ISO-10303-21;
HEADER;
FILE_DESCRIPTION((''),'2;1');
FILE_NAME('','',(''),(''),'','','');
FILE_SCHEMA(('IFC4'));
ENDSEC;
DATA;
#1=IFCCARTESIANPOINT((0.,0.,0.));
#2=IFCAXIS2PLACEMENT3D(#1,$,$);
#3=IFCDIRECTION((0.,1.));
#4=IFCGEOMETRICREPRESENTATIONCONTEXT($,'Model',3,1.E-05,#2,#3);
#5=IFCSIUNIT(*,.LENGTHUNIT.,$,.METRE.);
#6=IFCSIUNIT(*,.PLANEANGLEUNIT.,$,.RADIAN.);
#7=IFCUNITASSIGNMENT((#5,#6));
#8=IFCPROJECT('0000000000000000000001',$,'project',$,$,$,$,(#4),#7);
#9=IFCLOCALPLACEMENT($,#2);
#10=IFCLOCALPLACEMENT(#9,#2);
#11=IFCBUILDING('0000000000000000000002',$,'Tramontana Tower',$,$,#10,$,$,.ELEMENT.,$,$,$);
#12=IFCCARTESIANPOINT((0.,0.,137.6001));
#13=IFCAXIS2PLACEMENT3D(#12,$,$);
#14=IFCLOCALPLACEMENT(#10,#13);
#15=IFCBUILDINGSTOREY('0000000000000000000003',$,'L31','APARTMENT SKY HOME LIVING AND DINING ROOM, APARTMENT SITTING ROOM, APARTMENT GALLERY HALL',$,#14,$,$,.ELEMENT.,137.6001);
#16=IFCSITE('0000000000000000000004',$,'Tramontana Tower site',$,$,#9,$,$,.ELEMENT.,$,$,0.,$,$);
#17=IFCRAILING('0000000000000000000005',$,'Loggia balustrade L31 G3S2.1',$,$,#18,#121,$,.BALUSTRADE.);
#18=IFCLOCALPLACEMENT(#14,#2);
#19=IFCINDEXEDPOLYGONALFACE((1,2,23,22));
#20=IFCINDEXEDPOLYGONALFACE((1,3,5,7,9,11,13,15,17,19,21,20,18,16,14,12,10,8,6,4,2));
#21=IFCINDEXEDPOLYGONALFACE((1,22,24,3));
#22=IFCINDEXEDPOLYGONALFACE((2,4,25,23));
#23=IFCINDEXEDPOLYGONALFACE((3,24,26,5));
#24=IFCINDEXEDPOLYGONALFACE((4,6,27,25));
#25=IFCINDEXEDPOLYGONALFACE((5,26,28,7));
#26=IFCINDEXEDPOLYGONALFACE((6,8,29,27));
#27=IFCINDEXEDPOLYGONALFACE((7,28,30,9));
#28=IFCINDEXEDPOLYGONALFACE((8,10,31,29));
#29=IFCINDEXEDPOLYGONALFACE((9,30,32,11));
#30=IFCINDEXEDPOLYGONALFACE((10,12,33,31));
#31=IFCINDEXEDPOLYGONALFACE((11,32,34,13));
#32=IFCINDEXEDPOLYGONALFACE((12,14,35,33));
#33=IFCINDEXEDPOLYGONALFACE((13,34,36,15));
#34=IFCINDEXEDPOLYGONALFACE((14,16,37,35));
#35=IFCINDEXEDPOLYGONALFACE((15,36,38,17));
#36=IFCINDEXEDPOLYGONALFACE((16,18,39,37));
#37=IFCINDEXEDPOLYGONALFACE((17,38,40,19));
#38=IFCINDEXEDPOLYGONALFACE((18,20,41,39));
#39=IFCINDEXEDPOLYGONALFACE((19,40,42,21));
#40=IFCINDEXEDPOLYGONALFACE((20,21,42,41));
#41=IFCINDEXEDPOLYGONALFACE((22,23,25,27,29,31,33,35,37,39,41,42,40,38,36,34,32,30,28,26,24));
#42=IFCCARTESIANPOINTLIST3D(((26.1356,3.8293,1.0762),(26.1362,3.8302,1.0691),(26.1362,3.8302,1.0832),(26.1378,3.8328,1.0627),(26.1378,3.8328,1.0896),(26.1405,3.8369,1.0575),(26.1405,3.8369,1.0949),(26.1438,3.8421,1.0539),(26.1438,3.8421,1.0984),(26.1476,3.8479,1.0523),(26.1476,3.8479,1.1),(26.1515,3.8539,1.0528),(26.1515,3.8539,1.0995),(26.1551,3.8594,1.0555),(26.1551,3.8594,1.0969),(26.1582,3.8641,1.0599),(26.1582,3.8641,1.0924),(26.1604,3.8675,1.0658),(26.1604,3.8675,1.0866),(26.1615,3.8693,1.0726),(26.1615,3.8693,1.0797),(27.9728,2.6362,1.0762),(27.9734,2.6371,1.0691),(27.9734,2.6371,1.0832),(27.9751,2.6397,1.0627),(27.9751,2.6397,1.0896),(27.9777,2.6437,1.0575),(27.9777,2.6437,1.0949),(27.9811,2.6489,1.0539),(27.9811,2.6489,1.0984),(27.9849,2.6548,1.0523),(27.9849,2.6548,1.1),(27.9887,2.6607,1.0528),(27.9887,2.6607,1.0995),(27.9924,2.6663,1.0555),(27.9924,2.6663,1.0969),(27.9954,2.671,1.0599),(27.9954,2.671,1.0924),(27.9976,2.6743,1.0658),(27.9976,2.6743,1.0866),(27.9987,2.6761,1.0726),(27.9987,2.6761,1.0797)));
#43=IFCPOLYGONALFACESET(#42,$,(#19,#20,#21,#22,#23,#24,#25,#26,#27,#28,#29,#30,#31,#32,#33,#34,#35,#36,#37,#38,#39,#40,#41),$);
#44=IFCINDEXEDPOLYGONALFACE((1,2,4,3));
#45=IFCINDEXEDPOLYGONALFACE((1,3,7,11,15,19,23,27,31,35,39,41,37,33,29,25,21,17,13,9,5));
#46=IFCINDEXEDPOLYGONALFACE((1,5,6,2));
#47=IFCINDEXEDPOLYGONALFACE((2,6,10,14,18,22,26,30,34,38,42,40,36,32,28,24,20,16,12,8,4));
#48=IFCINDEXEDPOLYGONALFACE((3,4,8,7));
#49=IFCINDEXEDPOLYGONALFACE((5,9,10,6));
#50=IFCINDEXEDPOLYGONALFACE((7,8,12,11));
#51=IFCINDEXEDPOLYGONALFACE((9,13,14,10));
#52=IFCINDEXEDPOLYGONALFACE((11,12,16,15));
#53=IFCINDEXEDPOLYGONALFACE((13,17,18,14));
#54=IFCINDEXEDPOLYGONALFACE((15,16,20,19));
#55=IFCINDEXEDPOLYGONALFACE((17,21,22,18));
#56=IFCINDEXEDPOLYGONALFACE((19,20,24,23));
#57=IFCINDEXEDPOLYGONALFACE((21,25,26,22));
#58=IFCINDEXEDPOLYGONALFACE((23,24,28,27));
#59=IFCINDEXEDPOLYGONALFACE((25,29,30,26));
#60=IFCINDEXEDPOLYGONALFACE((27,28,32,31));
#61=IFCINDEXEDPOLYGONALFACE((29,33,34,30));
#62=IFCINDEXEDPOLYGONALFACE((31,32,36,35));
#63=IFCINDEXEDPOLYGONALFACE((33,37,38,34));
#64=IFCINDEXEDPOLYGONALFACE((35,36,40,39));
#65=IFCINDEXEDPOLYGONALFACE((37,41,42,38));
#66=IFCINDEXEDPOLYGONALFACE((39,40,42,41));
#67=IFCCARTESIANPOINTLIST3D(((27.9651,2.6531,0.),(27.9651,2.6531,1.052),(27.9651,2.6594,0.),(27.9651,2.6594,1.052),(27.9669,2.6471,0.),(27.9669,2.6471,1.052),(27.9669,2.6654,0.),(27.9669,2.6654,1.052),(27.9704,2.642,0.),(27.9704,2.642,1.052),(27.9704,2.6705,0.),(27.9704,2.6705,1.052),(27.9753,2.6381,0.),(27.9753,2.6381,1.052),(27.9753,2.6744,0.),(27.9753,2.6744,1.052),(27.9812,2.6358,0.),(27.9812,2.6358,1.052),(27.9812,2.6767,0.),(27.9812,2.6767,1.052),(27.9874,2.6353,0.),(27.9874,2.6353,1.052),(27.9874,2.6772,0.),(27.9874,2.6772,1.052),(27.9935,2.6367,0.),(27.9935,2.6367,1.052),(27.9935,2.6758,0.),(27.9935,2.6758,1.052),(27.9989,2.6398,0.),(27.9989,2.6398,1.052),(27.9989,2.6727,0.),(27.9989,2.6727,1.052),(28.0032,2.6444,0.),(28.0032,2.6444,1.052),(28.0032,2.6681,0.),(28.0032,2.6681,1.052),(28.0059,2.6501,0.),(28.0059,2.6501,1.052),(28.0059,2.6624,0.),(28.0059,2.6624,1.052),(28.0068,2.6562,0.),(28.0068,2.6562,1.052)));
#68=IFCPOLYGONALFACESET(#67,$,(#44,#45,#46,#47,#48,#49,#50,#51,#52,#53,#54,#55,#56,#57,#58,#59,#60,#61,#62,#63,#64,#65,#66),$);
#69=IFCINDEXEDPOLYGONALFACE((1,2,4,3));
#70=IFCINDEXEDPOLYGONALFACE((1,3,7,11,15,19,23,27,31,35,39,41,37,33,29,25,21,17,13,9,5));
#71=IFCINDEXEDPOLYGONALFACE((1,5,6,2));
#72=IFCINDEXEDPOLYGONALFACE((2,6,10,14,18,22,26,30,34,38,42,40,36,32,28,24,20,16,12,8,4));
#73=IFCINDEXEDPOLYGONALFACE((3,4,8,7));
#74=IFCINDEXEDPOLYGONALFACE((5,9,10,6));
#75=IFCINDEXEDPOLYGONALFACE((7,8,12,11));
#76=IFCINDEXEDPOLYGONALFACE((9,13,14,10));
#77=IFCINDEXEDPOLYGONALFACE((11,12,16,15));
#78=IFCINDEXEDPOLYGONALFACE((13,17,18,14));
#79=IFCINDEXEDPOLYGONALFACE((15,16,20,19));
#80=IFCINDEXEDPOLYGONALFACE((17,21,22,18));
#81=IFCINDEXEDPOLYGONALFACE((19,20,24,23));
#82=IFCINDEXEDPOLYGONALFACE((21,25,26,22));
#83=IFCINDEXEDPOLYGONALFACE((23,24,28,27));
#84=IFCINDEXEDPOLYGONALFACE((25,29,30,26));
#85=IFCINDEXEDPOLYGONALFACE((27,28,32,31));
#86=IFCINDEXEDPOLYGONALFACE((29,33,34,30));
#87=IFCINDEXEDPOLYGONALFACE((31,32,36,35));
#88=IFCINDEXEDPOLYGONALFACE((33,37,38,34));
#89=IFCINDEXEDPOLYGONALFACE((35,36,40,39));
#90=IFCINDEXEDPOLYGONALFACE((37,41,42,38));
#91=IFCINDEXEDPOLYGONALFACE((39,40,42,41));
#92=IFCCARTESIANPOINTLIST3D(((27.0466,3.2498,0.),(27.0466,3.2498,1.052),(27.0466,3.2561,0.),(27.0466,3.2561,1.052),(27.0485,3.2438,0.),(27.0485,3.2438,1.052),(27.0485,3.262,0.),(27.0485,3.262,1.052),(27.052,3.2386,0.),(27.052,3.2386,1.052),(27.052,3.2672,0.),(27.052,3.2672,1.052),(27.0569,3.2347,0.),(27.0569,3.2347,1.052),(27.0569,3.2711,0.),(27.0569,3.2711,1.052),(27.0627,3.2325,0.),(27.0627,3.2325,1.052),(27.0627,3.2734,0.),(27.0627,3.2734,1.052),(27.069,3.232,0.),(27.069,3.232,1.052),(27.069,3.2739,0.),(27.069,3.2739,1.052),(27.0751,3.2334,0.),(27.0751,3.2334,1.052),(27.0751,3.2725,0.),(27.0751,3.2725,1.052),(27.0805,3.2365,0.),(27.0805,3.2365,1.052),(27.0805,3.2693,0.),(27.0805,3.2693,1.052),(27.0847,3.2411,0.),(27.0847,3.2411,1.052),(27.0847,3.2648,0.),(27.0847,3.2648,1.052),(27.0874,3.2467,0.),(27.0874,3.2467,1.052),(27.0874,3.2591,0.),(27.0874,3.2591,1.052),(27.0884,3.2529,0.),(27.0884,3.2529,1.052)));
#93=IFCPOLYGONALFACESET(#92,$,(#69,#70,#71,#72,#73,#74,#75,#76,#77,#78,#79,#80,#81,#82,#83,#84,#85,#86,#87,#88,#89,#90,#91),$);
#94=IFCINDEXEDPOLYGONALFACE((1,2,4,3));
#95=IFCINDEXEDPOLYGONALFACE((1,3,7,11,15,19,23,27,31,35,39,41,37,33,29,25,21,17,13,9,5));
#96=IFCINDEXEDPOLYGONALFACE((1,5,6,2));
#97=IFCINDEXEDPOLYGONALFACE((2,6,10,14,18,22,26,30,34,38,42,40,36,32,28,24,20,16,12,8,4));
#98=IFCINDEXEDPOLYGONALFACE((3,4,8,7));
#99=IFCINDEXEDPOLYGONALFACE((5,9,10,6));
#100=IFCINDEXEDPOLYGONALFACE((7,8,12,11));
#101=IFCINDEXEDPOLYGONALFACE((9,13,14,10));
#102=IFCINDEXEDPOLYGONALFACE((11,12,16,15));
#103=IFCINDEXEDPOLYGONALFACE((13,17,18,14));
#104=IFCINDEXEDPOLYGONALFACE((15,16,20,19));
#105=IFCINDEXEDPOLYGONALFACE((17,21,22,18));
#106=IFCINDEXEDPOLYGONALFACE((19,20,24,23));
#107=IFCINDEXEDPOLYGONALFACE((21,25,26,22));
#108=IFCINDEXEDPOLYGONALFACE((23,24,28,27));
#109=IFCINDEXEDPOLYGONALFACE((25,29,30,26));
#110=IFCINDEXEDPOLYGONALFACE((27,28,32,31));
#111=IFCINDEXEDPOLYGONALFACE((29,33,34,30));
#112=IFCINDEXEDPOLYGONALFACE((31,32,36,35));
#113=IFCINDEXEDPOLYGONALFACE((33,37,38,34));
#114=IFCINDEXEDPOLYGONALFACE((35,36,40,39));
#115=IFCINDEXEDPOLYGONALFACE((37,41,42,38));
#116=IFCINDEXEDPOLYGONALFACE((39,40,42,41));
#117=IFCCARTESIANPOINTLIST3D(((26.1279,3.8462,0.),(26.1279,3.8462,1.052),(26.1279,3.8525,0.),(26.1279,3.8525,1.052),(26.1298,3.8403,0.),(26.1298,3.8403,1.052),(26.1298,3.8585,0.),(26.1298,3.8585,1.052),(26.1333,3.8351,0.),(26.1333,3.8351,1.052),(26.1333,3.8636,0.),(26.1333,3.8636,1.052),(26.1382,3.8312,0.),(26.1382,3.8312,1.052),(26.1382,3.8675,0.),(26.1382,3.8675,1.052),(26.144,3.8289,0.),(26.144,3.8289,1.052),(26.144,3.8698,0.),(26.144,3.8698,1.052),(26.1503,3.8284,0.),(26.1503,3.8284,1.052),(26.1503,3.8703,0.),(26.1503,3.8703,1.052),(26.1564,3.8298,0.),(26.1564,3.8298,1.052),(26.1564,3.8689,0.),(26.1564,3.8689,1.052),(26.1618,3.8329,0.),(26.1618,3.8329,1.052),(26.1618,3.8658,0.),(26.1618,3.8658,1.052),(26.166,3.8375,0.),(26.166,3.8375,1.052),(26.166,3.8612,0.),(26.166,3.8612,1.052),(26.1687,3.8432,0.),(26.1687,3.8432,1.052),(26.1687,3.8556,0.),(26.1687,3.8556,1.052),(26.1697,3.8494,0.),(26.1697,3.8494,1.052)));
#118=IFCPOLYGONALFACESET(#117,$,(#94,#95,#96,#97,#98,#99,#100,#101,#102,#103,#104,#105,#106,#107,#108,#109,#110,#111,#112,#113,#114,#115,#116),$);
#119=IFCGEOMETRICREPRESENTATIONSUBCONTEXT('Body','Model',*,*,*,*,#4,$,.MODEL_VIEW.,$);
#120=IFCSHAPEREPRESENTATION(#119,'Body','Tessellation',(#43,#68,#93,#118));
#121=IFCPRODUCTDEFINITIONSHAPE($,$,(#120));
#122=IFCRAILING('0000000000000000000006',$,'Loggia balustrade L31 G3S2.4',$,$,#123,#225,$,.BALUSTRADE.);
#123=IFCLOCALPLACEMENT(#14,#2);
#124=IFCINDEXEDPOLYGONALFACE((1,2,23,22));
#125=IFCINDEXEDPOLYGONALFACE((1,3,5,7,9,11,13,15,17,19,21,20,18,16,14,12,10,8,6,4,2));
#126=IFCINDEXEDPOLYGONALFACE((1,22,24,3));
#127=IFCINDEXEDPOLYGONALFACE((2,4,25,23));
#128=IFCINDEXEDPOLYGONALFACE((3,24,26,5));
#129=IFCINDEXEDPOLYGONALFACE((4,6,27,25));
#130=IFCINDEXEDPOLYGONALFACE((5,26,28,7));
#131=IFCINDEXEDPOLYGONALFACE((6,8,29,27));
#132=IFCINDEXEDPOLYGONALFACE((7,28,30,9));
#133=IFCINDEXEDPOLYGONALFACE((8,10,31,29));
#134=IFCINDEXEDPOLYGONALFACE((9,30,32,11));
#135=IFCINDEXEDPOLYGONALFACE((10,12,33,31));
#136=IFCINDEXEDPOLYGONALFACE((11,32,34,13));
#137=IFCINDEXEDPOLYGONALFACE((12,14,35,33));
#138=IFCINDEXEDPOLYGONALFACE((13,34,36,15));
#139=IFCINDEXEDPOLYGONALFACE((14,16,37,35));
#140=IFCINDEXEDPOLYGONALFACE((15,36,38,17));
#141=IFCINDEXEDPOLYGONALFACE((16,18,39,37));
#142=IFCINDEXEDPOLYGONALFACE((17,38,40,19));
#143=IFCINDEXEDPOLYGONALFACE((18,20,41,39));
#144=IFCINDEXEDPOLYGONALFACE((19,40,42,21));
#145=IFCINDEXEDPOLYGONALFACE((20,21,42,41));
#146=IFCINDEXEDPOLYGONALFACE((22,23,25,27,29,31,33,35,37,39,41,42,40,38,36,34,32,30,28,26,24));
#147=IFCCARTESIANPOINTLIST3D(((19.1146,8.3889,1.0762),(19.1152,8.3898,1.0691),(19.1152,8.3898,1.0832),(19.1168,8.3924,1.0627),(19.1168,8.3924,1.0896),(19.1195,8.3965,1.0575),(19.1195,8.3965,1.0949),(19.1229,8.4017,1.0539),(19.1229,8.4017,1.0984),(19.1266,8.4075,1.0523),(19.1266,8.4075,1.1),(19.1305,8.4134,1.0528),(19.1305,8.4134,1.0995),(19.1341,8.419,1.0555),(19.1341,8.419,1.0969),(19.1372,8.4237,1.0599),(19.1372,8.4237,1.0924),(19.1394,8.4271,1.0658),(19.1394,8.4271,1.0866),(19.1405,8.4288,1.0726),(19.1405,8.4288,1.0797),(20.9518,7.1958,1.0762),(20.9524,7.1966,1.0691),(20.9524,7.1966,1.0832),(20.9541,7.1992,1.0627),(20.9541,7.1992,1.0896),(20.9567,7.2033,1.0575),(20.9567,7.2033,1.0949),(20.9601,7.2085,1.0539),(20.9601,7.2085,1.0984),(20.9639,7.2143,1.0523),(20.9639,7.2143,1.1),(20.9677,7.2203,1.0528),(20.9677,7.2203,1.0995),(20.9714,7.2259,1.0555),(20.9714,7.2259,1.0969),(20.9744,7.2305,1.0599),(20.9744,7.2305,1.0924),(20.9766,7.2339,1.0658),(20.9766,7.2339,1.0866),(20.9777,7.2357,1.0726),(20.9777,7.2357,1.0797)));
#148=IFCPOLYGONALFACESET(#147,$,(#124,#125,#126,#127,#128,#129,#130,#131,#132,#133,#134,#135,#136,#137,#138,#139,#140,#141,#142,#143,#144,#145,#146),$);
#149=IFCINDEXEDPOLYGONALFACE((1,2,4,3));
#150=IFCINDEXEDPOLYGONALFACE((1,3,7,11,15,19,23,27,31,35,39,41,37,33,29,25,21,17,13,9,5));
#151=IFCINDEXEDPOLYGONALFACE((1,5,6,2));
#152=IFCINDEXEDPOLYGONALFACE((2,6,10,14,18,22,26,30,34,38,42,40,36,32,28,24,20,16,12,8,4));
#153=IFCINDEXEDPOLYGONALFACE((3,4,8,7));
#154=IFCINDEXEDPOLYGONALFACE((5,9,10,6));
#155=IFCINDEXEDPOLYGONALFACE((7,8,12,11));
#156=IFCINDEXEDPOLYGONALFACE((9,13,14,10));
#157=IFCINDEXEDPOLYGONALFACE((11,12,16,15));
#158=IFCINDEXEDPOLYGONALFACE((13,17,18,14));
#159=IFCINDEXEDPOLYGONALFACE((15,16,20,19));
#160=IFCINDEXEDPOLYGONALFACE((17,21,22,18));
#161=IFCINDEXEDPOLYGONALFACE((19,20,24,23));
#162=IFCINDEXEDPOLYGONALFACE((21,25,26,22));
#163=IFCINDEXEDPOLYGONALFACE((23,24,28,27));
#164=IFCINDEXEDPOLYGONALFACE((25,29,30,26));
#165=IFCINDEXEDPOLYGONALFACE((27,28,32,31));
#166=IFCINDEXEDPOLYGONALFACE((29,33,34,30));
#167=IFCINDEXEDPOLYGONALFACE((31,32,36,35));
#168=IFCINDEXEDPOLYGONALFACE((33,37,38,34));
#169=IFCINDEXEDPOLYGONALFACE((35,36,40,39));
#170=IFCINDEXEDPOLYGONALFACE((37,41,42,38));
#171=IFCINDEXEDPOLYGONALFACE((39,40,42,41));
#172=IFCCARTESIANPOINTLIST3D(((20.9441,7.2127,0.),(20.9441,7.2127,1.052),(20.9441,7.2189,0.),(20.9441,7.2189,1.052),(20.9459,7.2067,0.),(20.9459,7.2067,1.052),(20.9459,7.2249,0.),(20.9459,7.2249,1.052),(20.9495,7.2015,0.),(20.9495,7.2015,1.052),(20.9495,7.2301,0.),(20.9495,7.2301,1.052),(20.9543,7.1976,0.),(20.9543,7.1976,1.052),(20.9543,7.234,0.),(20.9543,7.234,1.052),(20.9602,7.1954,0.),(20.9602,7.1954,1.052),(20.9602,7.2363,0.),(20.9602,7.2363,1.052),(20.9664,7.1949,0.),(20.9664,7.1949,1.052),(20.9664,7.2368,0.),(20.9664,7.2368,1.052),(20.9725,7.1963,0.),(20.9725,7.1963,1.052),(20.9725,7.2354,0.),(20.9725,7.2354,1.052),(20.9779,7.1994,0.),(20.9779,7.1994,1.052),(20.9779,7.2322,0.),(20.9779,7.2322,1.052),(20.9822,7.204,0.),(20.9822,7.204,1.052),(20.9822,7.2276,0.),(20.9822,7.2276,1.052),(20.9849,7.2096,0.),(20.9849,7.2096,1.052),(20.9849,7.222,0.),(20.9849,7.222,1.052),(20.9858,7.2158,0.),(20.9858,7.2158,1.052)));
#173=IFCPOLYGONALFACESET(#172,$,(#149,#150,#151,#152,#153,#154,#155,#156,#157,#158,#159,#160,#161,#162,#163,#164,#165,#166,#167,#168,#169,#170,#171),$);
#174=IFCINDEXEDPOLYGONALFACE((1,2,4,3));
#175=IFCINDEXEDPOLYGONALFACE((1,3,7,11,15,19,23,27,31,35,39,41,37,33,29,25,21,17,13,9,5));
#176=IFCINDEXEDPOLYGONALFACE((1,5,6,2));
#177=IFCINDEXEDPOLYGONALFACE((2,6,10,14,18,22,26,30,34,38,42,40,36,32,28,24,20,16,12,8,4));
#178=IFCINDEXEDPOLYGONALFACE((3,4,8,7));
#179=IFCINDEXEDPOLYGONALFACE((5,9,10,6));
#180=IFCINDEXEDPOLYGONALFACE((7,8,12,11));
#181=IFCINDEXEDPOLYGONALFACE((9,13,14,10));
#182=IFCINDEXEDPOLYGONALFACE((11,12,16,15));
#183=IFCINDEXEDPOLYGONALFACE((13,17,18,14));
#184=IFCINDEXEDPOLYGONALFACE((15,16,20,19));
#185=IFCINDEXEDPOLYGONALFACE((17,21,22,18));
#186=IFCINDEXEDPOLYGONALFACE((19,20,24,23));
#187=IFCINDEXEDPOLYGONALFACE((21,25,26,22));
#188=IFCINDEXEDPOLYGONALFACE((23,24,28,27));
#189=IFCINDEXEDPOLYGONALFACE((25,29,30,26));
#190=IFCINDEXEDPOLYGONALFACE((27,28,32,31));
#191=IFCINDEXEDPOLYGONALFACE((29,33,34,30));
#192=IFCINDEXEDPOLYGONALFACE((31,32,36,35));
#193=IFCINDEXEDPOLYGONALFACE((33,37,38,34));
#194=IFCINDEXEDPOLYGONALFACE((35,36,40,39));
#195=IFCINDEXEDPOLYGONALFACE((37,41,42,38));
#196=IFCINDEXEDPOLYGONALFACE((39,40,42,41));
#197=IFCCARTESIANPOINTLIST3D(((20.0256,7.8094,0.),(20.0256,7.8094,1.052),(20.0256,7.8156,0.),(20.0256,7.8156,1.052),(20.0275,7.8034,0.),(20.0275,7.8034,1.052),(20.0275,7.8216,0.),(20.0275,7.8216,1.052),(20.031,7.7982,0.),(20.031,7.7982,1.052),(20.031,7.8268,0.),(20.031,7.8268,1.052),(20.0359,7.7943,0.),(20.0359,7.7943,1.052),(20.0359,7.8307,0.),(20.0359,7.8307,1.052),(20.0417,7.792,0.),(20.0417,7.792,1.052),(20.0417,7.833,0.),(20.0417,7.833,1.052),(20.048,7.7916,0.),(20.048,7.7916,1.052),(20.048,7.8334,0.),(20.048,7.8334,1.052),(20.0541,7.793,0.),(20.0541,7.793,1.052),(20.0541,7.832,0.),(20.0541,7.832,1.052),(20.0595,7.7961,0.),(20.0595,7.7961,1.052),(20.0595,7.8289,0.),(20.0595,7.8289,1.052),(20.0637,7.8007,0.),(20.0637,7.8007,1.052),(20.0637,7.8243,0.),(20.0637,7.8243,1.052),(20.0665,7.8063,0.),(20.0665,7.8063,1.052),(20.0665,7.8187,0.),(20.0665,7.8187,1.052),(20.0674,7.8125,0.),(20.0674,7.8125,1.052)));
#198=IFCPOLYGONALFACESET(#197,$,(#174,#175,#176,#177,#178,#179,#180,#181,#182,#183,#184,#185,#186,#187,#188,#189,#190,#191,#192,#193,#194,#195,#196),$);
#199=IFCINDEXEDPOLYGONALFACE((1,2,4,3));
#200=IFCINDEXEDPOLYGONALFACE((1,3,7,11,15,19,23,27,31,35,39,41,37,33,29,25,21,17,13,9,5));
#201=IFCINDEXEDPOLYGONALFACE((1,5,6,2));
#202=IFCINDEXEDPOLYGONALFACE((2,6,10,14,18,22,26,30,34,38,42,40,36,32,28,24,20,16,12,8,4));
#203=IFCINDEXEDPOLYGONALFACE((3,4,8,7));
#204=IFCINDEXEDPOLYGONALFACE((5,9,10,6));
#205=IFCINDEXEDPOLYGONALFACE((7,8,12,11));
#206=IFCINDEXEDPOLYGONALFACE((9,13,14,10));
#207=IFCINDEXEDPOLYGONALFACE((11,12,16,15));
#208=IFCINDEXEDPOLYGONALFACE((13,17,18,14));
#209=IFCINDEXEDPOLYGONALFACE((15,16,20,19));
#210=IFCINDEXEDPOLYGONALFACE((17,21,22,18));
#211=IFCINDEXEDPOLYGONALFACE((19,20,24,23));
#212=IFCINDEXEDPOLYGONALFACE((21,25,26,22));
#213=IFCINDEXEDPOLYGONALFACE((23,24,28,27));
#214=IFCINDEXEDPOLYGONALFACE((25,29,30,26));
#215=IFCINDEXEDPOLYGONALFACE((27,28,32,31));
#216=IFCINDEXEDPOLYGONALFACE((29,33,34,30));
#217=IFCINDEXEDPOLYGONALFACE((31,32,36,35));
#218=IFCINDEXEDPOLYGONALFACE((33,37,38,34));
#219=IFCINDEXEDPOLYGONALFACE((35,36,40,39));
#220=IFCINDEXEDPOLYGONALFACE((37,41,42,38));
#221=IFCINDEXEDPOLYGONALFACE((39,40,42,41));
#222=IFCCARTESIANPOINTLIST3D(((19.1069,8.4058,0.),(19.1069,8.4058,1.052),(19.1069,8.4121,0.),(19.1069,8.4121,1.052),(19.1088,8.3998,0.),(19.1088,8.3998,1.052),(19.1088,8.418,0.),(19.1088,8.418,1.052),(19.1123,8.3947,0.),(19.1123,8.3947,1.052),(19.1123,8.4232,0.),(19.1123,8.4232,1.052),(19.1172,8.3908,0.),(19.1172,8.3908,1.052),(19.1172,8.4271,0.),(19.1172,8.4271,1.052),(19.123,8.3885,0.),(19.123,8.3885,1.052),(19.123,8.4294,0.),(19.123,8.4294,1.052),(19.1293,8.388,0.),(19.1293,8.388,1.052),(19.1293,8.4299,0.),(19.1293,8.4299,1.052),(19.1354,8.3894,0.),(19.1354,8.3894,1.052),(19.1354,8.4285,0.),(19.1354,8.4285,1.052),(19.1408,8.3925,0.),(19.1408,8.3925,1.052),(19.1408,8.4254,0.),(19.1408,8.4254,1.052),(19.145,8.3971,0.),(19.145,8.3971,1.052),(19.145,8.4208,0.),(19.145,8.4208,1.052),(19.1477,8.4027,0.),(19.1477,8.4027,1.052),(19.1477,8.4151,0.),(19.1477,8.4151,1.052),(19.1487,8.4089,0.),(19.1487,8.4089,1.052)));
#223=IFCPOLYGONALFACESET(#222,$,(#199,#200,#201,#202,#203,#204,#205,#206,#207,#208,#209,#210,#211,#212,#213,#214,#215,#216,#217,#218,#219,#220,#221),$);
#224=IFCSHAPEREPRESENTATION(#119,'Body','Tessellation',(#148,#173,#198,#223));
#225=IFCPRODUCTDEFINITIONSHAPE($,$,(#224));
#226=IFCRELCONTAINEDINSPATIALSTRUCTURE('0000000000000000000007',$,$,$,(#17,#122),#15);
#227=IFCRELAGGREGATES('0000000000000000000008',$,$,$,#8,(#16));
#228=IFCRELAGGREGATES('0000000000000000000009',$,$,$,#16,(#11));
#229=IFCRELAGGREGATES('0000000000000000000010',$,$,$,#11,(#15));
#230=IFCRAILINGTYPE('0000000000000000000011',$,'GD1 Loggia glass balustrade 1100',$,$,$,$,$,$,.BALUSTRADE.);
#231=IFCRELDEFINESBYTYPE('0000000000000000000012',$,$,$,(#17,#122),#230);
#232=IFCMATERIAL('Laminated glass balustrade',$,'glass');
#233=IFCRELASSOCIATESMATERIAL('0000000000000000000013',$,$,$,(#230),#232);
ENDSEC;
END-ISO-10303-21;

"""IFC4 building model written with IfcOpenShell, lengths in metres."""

from ifc_helpers import new_model, si_unit, direction, frame, origin, origin_2d, place, context, subcontext, project, spatial, circle, extrude, material, type_object, element, save


model = new_model("IFC4")

# Units and contexts
model_context = context("Model", 3, precision=1e-05, world=origin(), true_north=direction((0.0, 1.0)))
body_context = subcontext(model_context, "Body", "Model", "MODEL_VIEW")
ifc_project = project(units=[si_unit("LENGTHUNIT", "METRE"), si_unit("PLANEANGLEUNIT", "RADIAN")], contexts=[model_context])

# Site, building, storey
site_placement = place(None, origin())
site = spatial("IfcSite", under=ifc_project, at=site_placement, Name="Tramontana Tower site", CompositionType="ELEMENT", RefElevation=0.0)
building_placement = place(site_placement, origin())
building = spatial("IfcBuilding", under=site, at=building_placement, Name="Tramontana Tower", CompositionType="ELEMENT")
storey_placement = place(building_placement, frame((0.0, 0.0, 137.6001)))
storey = spatial("IfcBuildingStorey", under=building, at=storey_placement, Name="L31", Description="APARTMENT SKY HOME LIVING AND DINING ROOM, APARTMENT SITTING ROOM, APARTMENT GALLERY HALL", CompositionType="ELEMENT", Elevation=137.6001)

# Railings
ifc_material_1 = material(Name="Laminated glass balustrade", Category="glass")
railing_type = type_object("IfcRailingType", Name="GD1 Loggia glass balustrade 1100", PredefinedType="BALUSTRADE", material=ifc_material_1)
for number, where, name in (
    (1, (27.9858, 2.6562, 0.0), "Loggia balustrade L31 G3S2.1"),
    (2, (20.9648, 7.2158, 0.0), "Loggia balustrade L31 G3S2.4"),
):
    element("IfcRailing", number, at=place(storey_placement, frame(where)), inside=storey, type_object=railing_type, Name=name, PredefinedType="BALUSTRADE", context=body_context, shape_type="SweptSolid", body=[
        extrude(circle(Radius=0.0239, at=origin_2d()), frame((0.0, 0.0, 1.0762), z_axis=(-0.83866, 0.544655, 0.0), x_axis=(-0.544655, -0.83866, 0.0)), (0.0, 0.0, 1.0), 2.1907),
        extrude(circle(Radius=0.021, at=origin_2d()), origin(), (0.0, 0.0, 1.0), 1.052),
        extrude(circle(Radius=0.021, at=origin_2d()), frame((-0.9185, 0.5967, 0.0)), (0.0, 0.0, 1.0), 1.052),
        extrude(circle(Radius=0.021, at=origin_2d()), frame((-1.8372, 1.1931, 0.0)), (0.0, 0.0, 1.0), 1.052),
    ])

save(model, "model.ifc")
